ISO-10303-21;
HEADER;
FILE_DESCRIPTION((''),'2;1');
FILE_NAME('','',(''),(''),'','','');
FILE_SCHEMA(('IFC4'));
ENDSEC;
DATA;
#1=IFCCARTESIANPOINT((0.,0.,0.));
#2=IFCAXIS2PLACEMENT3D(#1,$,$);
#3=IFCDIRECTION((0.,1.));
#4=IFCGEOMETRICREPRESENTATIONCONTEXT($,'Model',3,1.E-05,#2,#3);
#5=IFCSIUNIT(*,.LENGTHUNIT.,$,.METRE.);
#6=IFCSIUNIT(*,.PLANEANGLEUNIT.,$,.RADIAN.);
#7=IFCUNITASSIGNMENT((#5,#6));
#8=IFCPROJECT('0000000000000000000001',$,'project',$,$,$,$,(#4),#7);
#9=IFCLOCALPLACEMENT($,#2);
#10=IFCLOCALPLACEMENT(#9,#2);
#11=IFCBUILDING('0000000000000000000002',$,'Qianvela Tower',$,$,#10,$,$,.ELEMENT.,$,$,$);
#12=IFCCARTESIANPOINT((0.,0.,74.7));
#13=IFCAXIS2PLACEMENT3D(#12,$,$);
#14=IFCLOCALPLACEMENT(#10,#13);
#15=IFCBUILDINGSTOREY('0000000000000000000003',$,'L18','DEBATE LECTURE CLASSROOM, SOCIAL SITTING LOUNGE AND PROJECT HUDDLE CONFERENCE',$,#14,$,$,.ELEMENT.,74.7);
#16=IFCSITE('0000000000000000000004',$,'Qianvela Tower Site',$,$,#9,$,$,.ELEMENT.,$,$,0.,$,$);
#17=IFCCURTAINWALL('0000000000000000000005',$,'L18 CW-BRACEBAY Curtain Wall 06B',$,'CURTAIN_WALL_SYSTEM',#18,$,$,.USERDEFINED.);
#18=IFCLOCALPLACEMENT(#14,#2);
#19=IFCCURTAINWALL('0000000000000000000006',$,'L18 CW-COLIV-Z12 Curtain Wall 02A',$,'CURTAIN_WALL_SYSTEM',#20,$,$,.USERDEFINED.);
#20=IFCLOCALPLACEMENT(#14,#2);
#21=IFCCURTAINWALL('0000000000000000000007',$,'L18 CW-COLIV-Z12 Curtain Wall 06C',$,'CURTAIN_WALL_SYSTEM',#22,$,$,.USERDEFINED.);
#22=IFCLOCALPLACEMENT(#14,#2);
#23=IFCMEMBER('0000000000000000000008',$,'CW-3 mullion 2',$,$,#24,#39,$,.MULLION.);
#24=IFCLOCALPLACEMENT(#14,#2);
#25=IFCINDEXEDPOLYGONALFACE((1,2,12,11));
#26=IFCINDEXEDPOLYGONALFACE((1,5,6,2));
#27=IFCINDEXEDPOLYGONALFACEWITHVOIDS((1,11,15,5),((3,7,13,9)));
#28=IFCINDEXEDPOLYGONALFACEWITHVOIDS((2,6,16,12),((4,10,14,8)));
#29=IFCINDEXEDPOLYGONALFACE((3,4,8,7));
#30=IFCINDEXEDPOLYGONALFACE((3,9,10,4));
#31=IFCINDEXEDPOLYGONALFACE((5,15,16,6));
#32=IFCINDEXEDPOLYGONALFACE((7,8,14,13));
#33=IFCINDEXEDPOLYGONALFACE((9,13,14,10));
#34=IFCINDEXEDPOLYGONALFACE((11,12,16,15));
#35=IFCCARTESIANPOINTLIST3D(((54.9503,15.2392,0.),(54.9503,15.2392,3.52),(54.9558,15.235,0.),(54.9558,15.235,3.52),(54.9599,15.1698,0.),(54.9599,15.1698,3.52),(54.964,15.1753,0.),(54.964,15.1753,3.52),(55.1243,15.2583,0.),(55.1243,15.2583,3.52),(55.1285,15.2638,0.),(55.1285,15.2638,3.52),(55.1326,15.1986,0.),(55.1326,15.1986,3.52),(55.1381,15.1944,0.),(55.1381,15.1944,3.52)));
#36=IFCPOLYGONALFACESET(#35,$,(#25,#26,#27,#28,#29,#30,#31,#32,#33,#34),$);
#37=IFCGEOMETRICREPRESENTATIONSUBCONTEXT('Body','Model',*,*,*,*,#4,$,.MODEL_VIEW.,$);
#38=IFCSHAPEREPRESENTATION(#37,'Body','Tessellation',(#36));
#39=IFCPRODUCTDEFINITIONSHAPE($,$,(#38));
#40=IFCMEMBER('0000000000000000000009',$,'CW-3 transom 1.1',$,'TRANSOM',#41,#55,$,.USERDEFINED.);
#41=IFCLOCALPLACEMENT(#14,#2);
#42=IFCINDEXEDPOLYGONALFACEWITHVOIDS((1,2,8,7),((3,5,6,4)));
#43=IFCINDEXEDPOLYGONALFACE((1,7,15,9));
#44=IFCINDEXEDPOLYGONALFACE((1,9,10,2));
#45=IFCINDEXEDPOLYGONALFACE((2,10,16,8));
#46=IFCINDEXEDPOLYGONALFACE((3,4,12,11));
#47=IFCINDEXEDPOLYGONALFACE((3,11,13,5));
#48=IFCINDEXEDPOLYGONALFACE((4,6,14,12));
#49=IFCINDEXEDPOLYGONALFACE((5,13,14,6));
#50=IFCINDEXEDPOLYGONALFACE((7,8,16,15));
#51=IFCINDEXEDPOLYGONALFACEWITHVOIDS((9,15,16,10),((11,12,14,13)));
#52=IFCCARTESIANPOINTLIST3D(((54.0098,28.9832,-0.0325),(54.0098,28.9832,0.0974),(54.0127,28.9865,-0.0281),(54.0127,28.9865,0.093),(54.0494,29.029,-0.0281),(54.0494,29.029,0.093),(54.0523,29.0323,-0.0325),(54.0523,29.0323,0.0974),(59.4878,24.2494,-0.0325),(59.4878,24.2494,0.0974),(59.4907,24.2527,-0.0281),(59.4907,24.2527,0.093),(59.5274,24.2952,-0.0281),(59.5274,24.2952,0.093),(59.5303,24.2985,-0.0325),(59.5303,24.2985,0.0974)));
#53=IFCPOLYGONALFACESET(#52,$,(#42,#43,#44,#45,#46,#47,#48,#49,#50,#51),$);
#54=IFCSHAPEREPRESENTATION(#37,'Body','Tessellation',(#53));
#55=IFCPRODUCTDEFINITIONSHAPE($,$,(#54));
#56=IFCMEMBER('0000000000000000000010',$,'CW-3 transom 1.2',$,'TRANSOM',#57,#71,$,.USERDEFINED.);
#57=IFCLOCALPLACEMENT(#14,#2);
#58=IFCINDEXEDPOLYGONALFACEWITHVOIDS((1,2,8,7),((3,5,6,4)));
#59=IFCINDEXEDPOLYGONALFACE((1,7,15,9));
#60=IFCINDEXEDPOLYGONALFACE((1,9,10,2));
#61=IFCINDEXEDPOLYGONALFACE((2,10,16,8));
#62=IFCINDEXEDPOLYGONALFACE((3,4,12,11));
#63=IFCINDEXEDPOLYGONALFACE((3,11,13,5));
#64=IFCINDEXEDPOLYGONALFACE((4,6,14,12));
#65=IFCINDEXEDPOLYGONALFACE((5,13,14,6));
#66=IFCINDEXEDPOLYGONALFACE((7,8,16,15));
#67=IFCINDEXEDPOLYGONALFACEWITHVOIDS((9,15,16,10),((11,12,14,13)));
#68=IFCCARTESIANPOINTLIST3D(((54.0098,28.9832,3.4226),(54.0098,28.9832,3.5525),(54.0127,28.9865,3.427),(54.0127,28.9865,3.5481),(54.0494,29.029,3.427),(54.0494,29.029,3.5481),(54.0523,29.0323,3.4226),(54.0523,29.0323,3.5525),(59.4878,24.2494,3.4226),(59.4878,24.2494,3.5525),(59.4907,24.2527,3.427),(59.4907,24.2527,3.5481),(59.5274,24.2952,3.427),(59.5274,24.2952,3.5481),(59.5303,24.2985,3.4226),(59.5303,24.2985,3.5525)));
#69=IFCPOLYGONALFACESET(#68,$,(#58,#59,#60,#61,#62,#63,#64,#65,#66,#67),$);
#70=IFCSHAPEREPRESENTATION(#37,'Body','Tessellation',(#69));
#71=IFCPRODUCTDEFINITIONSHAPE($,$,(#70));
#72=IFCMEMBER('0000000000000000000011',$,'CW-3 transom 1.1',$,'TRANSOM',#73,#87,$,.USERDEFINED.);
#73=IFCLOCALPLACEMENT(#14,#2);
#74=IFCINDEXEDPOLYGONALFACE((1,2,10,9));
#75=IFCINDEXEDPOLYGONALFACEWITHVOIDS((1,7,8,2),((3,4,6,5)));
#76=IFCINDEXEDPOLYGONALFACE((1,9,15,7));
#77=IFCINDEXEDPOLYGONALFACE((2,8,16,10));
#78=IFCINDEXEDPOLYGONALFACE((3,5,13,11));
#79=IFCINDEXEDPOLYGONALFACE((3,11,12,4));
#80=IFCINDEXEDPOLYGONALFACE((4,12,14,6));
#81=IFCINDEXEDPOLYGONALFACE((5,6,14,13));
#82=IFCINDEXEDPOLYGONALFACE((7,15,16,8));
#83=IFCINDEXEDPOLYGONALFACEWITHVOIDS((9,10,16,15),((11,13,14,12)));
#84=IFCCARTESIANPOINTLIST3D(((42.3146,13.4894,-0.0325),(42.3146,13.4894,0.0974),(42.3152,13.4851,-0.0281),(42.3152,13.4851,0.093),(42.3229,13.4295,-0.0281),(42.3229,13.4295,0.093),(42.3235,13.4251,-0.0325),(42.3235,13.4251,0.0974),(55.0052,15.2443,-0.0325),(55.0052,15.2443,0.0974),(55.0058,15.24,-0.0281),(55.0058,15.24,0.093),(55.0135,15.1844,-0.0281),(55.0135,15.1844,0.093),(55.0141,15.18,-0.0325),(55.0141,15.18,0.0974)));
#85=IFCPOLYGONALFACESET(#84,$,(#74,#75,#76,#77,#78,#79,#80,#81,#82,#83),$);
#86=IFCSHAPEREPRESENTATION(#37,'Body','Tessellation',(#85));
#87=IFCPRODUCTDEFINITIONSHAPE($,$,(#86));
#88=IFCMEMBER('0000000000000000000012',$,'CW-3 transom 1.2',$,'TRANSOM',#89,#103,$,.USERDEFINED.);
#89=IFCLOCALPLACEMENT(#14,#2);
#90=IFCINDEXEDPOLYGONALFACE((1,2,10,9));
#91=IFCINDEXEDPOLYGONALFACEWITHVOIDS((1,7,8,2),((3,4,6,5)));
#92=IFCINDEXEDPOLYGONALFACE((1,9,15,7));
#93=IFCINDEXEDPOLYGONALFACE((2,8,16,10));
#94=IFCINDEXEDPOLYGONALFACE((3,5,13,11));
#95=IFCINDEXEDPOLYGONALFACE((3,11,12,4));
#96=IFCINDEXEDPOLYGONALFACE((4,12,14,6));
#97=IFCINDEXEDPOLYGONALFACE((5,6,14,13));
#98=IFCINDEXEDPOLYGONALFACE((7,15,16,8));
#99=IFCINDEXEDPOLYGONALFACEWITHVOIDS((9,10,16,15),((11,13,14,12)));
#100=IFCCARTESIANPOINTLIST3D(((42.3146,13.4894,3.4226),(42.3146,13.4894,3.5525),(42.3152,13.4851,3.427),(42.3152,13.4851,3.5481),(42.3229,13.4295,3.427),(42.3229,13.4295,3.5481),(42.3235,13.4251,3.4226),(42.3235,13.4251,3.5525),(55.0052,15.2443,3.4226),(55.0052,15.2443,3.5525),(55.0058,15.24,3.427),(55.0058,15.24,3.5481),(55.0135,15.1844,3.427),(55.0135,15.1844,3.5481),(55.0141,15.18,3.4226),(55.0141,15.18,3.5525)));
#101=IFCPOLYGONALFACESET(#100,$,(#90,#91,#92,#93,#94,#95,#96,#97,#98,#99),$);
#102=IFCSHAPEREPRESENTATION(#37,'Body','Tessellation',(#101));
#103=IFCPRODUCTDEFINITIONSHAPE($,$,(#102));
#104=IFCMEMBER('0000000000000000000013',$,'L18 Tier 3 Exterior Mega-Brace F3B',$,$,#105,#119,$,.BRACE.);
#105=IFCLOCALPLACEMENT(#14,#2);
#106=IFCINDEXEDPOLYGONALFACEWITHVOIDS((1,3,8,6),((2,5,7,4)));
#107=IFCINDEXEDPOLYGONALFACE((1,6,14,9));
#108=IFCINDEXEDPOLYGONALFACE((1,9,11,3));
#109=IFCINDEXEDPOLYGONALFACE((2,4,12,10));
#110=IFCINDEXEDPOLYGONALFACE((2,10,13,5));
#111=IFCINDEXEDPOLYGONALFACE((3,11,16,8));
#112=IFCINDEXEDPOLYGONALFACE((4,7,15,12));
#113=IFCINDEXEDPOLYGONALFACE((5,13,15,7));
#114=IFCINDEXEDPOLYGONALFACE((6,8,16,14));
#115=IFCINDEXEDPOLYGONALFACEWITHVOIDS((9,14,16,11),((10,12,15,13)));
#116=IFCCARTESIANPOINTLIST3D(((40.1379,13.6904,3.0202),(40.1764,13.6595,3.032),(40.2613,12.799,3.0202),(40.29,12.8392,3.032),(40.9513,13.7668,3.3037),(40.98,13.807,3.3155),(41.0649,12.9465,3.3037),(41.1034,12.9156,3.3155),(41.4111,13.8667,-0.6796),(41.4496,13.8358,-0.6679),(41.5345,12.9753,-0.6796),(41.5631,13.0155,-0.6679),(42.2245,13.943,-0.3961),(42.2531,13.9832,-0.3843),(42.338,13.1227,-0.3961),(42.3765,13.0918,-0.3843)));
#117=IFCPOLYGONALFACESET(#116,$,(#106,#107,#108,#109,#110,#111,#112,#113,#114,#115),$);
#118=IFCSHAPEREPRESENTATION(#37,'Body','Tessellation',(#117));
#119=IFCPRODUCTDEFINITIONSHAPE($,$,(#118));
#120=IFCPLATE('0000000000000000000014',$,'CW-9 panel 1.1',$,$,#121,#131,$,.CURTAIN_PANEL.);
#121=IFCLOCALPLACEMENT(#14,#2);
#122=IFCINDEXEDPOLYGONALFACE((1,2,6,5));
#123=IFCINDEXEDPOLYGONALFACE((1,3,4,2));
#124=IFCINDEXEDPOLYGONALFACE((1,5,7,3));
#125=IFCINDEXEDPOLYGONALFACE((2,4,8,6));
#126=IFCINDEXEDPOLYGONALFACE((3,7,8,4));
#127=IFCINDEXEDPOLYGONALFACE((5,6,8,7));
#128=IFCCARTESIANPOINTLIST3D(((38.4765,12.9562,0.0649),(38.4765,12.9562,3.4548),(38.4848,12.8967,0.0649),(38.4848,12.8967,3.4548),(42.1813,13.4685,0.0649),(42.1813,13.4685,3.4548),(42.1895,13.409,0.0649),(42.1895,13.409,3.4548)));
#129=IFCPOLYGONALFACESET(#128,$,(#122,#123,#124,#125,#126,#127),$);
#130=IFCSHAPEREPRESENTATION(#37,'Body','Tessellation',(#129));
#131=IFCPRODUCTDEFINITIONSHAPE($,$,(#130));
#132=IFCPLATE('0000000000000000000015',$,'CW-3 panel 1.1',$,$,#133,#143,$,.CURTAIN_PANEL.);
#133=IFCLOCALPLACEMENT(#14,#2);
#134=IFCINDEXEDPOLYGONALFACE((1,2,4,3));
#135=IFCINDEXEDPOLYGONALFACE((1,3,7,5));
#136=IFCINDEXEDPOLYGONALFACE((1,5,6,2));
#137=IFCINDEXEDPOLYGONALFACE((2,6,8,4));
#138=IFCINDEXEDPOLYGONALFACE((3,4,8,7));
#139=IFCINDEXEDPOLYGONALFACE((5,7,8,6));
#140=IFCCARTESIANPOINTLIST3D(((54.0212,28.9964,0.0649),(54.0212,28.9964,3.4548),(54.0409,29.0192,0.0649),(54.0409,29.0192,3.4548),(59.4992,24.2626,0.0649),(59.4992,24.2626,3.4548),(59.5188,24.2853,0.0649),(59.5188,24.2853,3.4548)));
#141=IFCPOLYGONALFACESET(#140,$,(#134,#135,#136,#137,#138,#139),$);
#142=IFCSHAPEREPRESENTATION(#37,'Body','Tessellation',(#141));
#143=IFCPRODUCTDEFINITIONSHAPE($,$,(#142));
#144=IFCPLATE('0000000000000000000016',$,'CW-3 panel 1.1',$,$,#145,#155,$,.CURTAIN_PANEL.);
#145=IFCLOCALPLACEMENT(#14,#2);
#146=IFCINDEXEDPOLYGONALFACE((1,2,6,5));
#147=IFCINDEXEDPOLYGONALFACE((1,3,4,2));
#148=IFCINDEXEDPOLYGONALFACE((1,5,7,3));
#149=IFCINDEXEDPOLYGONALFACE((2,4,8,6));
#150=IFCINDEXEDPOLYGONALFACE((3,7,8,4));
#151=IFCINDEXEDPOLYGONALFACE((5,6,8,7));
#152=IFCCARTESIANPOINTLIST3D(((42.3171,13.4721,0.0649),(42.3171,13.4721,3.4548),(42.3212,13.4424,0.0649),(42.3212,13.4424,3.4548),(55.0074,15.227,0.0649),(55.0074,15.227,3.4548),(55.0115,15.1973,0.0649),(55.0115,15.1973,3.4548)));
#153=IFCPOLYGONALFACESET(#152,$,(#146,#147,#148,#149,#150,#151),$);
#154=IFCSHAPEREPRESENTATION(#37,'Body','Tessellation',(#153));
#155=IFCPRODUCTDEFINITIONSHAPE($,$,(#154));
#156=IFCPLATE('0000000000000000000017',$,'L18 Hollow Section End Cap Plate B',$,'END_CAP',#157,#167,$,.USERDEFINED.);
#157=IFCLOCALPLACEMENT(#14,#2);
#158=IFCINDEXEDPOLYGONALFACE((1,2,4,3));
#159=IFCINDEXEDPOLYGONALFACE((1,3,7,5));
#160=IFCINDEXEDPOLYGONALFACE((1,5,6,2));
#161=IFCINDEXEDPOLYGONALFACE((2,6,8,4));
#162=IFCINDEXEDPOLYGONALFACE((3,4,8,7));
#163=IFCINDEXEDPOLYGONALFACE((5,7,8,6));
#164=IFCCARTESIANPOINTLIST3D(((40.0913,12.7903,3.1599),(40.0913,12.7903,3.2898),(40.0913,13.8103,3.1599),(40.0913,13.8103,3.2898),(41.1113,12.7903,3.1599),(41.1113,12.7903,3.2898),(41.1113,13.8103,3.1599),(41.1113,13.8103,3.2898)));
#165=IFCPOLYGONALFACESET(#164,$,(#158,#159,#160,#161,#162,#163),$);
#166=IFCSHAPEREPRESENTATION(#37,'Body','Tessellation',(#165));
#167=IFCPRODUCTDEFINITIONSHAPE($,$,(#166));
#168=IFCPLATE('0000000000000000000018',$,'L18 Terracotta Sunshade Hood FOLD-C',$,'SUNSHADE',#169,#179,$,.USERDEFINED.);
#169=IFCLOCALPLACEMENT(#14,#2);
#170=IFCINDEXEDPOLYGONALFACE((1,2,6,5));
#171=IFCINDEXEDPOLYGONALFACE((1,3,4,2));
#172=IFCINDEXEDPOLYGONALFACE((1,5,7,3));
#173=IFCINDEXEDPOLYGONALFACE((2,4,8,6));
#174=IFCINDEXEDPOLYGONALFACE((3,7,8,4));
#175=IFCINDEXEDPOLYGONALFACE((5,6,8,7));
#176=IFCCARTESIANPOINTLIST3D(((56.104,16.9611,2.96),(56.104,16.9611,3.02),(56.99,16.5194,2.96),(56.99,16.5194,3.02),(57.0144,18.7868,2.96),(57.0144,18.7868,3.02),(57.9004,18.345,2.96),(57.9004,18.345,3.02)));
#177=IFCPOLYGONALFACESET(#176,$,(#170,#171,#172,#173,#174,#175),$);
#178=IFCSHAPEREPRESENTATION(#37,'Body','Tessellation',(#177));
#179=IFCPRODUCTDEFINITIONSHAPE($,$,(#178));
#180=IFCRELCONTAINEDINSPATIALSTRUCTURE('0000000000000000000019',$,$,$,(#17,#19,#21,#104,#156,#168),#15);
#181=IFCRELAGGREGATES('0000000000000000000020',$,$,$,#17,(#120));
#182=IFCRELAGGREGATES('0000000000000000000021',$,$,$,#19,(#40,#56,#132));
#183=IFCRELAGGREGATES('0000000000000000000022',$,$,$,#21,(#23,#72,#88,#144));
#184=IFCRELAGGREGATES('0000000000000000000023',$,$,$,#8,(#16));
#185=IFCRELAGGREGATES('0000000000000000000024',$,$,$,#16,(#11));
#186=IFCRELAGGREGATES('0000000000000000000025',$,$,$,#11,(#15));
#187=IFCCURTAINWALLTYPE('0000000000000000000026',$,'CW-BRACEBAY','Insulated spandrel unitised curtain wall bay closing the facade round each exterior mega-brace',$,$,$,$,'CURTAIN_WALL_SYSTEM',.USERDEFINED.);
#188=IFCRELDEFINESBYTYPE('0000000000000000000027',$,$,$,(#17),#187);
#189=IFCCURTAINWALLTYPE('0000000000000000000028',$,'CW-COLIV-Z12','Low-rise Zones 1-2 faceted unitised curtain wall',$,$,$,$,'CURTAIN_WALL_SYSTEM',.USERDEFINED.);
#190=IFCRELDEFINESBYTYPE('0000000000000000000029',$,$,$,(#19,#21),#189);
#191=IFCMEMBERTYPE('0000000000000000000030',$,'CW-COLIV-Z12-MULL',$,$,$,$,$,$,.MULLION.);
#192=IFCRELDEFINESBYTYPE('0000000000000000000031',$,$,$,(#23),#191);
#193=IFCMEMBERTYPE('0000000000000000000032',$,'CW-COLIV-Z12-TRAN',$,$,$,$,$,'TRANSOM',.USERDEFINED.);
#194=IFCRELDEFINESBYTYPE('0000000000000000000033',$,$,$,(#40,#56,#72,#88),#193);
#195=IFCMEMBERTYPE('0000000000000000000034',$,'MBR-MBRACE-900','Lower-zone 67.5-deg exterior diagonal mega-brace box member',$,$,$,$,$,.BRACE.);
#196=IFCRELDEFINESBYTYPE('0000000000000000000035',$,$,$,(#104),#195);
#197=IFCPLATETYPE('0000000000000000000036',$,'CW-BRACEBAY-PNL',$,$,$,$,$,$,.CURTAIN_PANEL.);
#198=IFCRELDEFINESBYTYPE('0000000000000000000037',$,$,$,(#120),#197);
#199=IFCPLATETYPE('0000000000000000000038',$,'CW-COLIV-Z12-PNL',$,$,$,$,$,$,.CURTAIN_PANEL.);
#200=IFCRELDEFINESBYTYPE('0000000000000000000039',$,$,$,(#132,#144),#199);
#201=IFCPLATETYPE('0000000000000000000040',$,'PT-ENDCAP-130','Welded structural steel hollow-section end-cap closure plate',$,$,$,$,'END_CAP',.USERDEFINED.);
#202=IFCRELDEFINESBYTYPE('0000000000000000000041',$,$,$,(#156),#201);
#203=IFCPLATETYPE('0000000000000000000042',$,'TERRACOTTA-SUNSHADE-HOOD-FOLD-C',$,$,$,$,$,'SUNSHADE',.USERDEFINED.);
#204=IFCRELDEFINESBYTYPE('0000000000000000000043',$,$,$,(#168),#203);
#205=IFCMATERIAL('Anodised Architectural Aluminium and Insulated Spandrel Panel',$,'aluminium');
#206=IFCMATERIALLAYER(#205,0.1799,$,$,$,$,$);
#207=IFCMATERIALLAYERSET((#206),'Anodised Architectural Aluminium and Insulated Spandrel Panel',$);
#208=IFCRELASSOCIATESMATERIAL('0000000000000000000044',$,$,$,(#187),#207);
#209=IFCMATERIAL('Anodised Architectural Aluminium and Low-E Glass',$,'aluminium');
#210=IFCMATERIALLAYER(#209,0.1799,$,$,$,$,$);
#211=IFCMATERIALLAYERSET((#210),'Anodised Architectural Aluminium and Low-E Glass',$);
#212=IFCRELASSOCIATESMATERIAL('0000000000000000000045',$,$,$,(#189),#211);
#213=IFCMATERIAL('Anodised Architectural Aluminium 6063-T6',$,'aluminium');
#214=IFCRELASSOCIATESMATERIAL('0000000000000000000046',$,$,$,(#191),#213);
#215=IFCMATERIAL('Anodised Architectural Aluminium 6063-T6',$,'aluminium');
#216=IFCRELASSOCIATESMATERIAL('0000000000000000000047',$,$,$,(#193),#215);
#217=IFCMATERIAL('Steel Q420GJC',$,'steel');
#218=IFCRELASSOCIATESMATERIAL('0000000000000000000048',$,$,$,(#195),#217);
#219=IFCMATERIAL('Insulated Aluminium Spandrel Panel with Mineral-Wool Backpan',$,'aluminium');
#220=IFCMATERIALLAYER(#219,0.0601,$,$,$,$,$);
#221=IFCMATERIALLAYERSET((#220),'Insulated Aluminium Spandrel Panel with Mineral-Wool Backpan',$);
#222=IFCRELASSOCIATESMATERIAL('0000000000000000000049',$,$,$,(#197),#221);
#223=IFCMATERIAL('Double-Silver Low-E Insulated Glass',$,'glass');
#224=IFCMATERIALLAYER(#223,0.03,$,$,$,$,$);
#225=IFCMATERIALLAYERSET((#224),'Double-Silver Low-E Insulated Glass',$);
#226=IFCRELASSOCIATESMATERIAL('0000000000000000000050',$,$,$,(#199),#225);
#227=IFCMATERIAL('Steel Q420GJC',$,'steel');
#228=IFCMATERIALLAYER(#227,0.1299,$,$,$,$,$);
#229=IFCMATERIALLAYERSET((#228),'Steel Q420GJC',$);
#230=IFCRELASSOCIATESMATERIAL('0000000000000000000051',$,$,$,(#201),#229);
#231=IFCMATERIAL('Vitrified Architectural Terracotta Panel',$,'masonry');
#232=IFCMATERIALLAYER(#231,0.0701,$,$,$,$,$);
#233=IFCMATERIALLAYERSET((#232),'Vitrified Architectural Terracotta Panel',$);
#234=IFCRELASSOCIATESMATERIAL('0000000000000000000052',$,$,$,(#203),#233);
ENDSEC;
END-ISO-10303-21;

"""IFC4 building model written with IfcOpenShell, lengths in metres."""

from ifc_helpers import new_model, si_unit, direction, frame, origin, origin_2d, place, context, subcontext, project, spatial, rectangle, hollow_rectangle, extrude, material, layer, layer_set, material_profile, profile_set, type_object, element, aggregate, save


model = new_model("IFC4")

# Units and contexts
model_context = context("Model", 3, precision=1e-05, world=origin(), true_north=direction((0.0, 1.0)))
body_context = subcontext(model_context, "Body", "Model", "MODEL_VIEW")
ifc_project = project(units=[si_unit("LENGTHUNIT", "METRE"), si_unit("PLANEANGLEUNIT", "RADIAN")], contexts=[model_context])

# Site, building, storey
site_placement = place(None, origin())
site = spatial("IfcSite", under=ifc_project, at=site_placement, Name="Qianvela Tower Site", CompositionType="ELEMENT", RefElevation=0.0)
building_placement = place(site_placement, origin())
building = spatial("IfcBuilding", under=site, at=building_placement, Name="Qianvela Tower", CompositionType="ELEMENT")
storey_placement = place(building_placement, frame((0.0, 0.0, 74.7)))
storey = spatial("IfcBuildingStorey", under=building, at=storey_placement, Name="L18", Description="DEBATE LECTURE CLASSROOM, SOCIAL SITTING LOUNGE AND PROJECT HUDDLE CONFERENCE", CompositionType="ELEMENT", Elevation=74.7)

# Curtain walls
ifc_material_1 = material(Name="Anodised Architectural Aluminium and Insulated Spandrel Panel", Category="aluminium")
ifc_layer_1 = layer(ifc_material_1, 0.1799)
ifc_layer_set_1 = layer_set([ifc_layer_1], Name="Anodised Architectural Aluminium and Insulated Spandrel Panel")
curtain_wall_type_1 = type_object("IfcCurtainWallType", Name="CW-BRACEBAY", Description="Insulated spandrel unitised curtain wall bay closing the facade round each exterior mega-brace", ElementType="CURTAIN_WALL_SYSTEM", PredefinedType="USERDEFINED", material=ifc_layer_set_1)
curtain_wall_1_placement = place(storey_placement, origin())
curtain_wall_1 = element("IfcCurtainWall", 1, at=curtain_wall_1_placement, inside=storey, type_object=curtain_wall_type_1, Name="L18 CW-BRACEBAY Curtain Wall 06B", ObjectType="CURTAIN_WALL_SYSTEM", PredefinedType="USERDEFINED")
ifc_material_2 = material(Name="Anodised Architectural Aluminium and Low-E Glass", Category="aluminium")
ifc_layer_2 = layer(ifc_material_2, 0.1799)
ifc_layer_set_2 = layer_set([ifc_layer_2], Name="Anodised Architectural Aluminium and Low-E Glass")
curtain_wall_type_2 = type_object("IfcCurtainWallType", Name="CW-COLIV-Z12", Description="Low-rise Zones 1-2 faceted unitised curtain wall", ElementType="CURTAIN_WALL_SYSTEM", PredefinedType="USERDEFINED", material=ifc_layer_set_2)
curtain_wall_2_placement = place(storey_placement, origin())
curtain_wall_2 = element("IfcCurtainWall", 2, at=curtain_wall_2_placement, inside=storey, type_object=curtain_wall_type_2, Name="L18 CW-COLIV-Z12 Curtain Wall 02A", ObjectType="CURTAIN_WALL_SYSTEM", PredefinedType="USERDEFINED")
ifc_material_3 = material(Name="Anodised Architectural Aluminium 6063-T6", Category="aluminium")
ifc_material_profile_1 = material_profile(ifc_material_3, hollow_rectangle(XDim=0.0701, YDim=0.1799, WallThickness=0.0049, at=origin_2d()), Name="ALU-MULL-70x180")
ifc_profile_set_1 = profile_set([ifc_material_profile_1], Name="Anodised Architectural Aluminium 6063-T6")
member_type_1 = type_object("IfcMemberType", Name="CW-COLIV-Z12-MULL", PredefinedType="MULLION", material=ifc_profile_set_1)

# Curtain wall, member
curtain_wall_3_placement = place(storey_placement, origin())
curtain_wall_3 = element("IfcCurtainWall", 3, at=curtain_wall_3_placement, inside=storey, type_object=curtain_wall_type_2, Name="L18 CW-COLIV-Z12 Curtain Wall 06C", ObjectType="CURTAIN_WALL_SYSTEM", PredefinedType="USERDEFINED")
member_1_placement = place(storey_placement, frame((55.0442, 15.2168, 0.0), z_axis=(0.0, 0.0, 1.0), x_axis=(-0.136985, 0.990573, 0.0)))
member_1 = element("IfcMember", 4, at=member_1_placement, type_object=member_type_1, Name="CW-3 mullion 2", PredefinedType="MULLION", context=body_context, shape_type="SweptSolid", body=[
    extrude(hollow_rectangle(XDim=0.0701, YDim=0.1799, WallThickness=0.0049, at=origin_2d()), origin(), (0.0, 0.0, 1.0), 3.52),
])

# Members
ifc_material_4 = material(Name="Anodised Architectural Aluminium 6063-T6", Category="aluminium")
ifc_material_profile_2 = material_profile(ifc_material_4, hollow_rectangle(XDim=0.0649, YDim=0.1299, WallThickness=0.0044, at=origin_2d()), Name="ALU-TRAN-65x130")
ifc_profile_set_2 = profile_set([ifc_material_profile_2], Name="Anodised Architectural Aluminium 6063-T6")
member_type_2 = type_object("IfcMemberType", Name="CW-COLIV-Z12-TRAN", ElementType="TRANSOM", PredefinedType="USERDEFINED", material=ifc_profile_set_2)
member_2_placement = place(storey_placement, frame((59.509, 24.2739, 0.0325), z_axis=(-0.756627, 0.653846, 0.0), x_axis=(-0.653846, -0.756627, 0.0)))
member_2 = element("IfcMember", 5, at=member_2_placement, type_object=member_type_2, Name="CW-3 transom 1.1", ObjectType="TRANSOM", PredefinedType="USERDEFINED", context=body_context, shape_type="SweptSolid", body=[
    extrude(hollow_rectangle(XDim=0.0649, YDim=0.1299, WallThickness=0.0044, at=origin_2d()), origin(), (0.0, 0.0, 1.0), 7.24),
])
member_3_placement = place(storey_placement, frame((59.509, 24.2739, 3.4875), z_axis=(-0.756627, 0.653846, 0.0), x_axis=(-0.653846, -0.756627, 0.0)))
member_3 = element("IfcMember", 6, at=member_3_placement, type_object=member_type_2, Name="CW-3 transom 1.2", ObjectType="TRANSOM", PredefinedType="USERDEFINED", context=body_context, shape_type="SweptSolid", body=[
    extrude(hollow_rectangle(XDim=0.0649, YDim=0.1299, WallThickness=0.0044, at=origin_2d()), origin(), (0.0, 0.0, 1.0), 7.24),
])
member_4_placement = place(storey_placement, frame((42.3191, 13.4573, 0.0325), z_axis=(0.990574, 0.13698, 0.0), x_axis=(-0.13698, 0.990574, 0.0)))
member_4 = element("IfcMember", 7, at=member_4_placement, type_object=member_type_2, Name="CW-3 transom 1.1", ObjectType="TRANSOM", PredefinedType="USERDEFINED", context=body_context, shape_type="SweptSolid", body=[
    extrude(hollow_rectangle(XDim=0.0649, YDim=0.1299, WallThickness=0.0044, at=origin_2d()), origin(), (0.0, 0.0, 1.0), 12.8113),
])
member_5_placement = place(storey_placement, frame((42.3191, 13.4573, 3.4875), z_axis=(0.990574, 0.13698, 0.0), x_axis=(-0.13698, 0.990574, 0.0)))
member_5 = element("IfcMember", 8, at=member_5_placement, type_object=member_type_2, Name="CW-3 transom 1.2", ObjectType="TRANSOM", PredefinedType="USERDEFINED", context=body_context, shape_type="SweptSolid", body=[
    extrude(hollow_rectangle(XDim=0.0649, YDim=0.1299, WallThickness=0.0044, at=origin_2d()), origin(), (0.0, 0.0, 1.0), 12.8113),
])
ifc_material_5 = material(Name="Steel Q420GJC", Category="steel")
ifc_material_profile_3 = material_profile(ifc_material_5, hollow_rectangle(XDim=0.8999, YDim=0.8999, WallThickness=0.0359, at=origin_2d()), Name="MBOX-900x900x36")
ifc_profile_set_3 = profile_set([ifc_material_profile_3], Name="Steel Q420GJC")
member_type_3 = type_object("IfcMemberType", Name="MBR-MBRACE-900", Description="Lower-zone 67.5-deg exterior diagonal mega-brace box member", PredefinedType="BRACE", material=ifc_profile_set_3)
member_6_placement = place(storey_placement, frame((41.8938, 13.4792, -0.532), z_axis=(-0.325055, -0.045003, 0.944624), x_axis=(0.137139, -0.990552, 0.0)))
element("IfcMember", 9, at=member_6_placement, inside=storey, type_object=member_type_3, Name="L18 Tier 3 Exterior Mega-Brace F3B", PredefinedType="BRACE", context=body_context, shape_type="SweptSolid", body=[
    extrude(hollow_rectangle(XDim=0.8999, YDim=0.8999, WallThickness=0.0359, at=origin_2d()), origin(), (0.0, 0.0, 1.0), 3.9167),
])

# Plates
ifc_material_6 = material(Name="Insulated Aluminium Spandrel Panel with Mineral-Wool Backpan", Category="aluminium")
ifc_layer_3 = layer(ifc_material_6, 0.0601)
ifc_layer_set_3 = layer_set([ifc_layer_3], Name="Insulated Aluminium Spandrel Panel with Mineral-Wool Backpan")
plate_type_1 = type_object("IfcPlateType", Name="CW-BRACEBAY-PNL", PredefinedType="CURTAIN_PANEL", material=ifc_layer_set_3)
plate_1_placement = place(storey_placement, frame((40.333, 13.1826, 0.0649), z_axis=(0.0, 0.0, 1.0), x_axis=(0.990574, 0.136978, 0.0)))
plate_1 = element("IfcPlate", 10, at=plate_1_placement, type_object=plate_type_1, Name="CW-9 panel 1.1", PredefinedType="CURTAIN_PANEL", context=body_context, shape_type="SweptSolid", body=[
    extrude(rectangle(XDim=3.74, YDim=0.0601, at=origin_2d()), origin(), (0.0, 0.0, 1.0), 3.3899),
])
aggregate(curtain_wall_1, [plate_1])
ifc_material_7 = material(Name="Double-Silver Low-E Insulated Glass", Category="glass")
ifc_layer_4 = layer(ifc_material_7, 0.03)
ifc_layer_set_4 = layer_set([ifc_layer_4], Name="Double-Silver Low-E Insulated Glass")
plate_type_2 = type_object("IfcPlateType", Name="CW-COLIV-Z12-PNL", PredefinedType="CURTAIN_PANEL", material=ifc_layer_set_4)
plate_2_placement = place(storey_placement, frame((56.77, 26.6409, 0.0649), z_axis=(0.0, 0.0, 1.0), x_axis=(-0.756622, 0.653852, 0.0)))
plate_2 = element("IfcPlate", 11, at=plate_2_placement, type_object=plate_type_2, Name="CW-3 panel 1.1", PredefinedType="CURTAIN_PANEL", context=body_context, shape_type="SweptSolid", body=[
    extrude(rectangle(XDim=7.24, YDim=0.03, at=origin_2d()), origin(), (0.0, 0.0, 1.0), 3.3899),
])
aggregate(curtain_wall_2, [member_2, member_3, plate_2])
plate_3_placement = place(storey_placement, frame((48.6643, 14.3347, 0.0649), z_axis=(0.0, 0.0, 1.0), x_axis=(0.990573, 0.136985, 0.0)))
plate_3 = element("IfcPlate", 12, at=plate_3_placement, type_object=plate_type_2, Name="CW-3 panel 1.1", PredefinedType="CURTAIN_PANEL", context=body_context, shape_type="SweptSolid", body=[
    extrude(rectangle(XDim=12.811, YDim=0.03, at=origin_2d()), origin(), (0.0, 0.0, 1.0), 3.3899),
])
aggregate(curtain_wall_3, [member_1, member_4, member_5, plate_3])

# Plates
ifc_material_8 = material(Name="Steel Q420GJC", Category="steel")
ifc_layer_5 = layer(ifc_material_8, 0.1299)
ifc_layer_set_5 = layer_set([ifc_layer_5], Name="Steel Q420GJC")
plate_type_3 = type_object("IfcPlateType", Name="PT-ENDCAP-130", Description="Welded structural steel hollow-section end-cap closure plate", ElementType="END_CAP", PredefinedType="USERDEFINED", material=ifc_layer_set_5)
plate_4_placement = place(storey_placement, frame((40.6013, 13.3003, 3.1599), z_axis=(0.0, 0.0, 1.0), x_axis=(1.0, 0.0, 0.0)))
element("IfcPlate", 13, at=plate_4_placement, inside=storey, type_object=plate_type_3, Name="L18 Hollow Section End Cap Plate B", ObjectType="END_CAP", PredefinedType="USERDEFINED", context=body_context, shape_type="SweptSolid", body=[
    extrude(rectangle(XDim=1.02, YDim=1.02, at=origin_2d()), origin(), (0.0, 0.0, 1.0), 0.1299),
])
ifc_material_9 = material(Name="Vitrified Architectural Terracotta Panel", Category="masonry")
ifc_layer_6 = layer(ifc_material_9, 0.0701)
ifc_layer_set_6 = layer_set([ifc_layer_6], Name="Vitrified Architectural Terracotta Panel")
plate_type_4 = type_object("IfcPlateType", Name="TERRACOTTA-SUNSHADE-HOOD-FOLD-C", ElementType="SUNSHADE", PredefinedType="USERDEFINED", material=ifc_layer_set_6)
for number, where, z_axis, x_axis, name in (
    (14, (57.0022, 17.6531, 2.96), (0.0, 0.0, 1.0), (0.446248, 0.894909, 0.0), "L18 Terracotta Sunshade Hood FOLD-C"),
):
    element("IfcPlate", number, at=place(storey_placement, frame(where, z_axis=z_axis, x_axis=x_axis)), inside=storey, type_object=plate_type_4, Name=name, ObjectType="SUNSHADE", PredefinedType="USERDEFINED", context=body_context, shape_type="SweptSolid", body=[
        extrude(rectangle(XDim=2.04, YDim=0.99, at=origin_2d()), origin(), (0.0, 0.0, 1.0), 0.0601),
    ])

save(model, "model.ifc")
